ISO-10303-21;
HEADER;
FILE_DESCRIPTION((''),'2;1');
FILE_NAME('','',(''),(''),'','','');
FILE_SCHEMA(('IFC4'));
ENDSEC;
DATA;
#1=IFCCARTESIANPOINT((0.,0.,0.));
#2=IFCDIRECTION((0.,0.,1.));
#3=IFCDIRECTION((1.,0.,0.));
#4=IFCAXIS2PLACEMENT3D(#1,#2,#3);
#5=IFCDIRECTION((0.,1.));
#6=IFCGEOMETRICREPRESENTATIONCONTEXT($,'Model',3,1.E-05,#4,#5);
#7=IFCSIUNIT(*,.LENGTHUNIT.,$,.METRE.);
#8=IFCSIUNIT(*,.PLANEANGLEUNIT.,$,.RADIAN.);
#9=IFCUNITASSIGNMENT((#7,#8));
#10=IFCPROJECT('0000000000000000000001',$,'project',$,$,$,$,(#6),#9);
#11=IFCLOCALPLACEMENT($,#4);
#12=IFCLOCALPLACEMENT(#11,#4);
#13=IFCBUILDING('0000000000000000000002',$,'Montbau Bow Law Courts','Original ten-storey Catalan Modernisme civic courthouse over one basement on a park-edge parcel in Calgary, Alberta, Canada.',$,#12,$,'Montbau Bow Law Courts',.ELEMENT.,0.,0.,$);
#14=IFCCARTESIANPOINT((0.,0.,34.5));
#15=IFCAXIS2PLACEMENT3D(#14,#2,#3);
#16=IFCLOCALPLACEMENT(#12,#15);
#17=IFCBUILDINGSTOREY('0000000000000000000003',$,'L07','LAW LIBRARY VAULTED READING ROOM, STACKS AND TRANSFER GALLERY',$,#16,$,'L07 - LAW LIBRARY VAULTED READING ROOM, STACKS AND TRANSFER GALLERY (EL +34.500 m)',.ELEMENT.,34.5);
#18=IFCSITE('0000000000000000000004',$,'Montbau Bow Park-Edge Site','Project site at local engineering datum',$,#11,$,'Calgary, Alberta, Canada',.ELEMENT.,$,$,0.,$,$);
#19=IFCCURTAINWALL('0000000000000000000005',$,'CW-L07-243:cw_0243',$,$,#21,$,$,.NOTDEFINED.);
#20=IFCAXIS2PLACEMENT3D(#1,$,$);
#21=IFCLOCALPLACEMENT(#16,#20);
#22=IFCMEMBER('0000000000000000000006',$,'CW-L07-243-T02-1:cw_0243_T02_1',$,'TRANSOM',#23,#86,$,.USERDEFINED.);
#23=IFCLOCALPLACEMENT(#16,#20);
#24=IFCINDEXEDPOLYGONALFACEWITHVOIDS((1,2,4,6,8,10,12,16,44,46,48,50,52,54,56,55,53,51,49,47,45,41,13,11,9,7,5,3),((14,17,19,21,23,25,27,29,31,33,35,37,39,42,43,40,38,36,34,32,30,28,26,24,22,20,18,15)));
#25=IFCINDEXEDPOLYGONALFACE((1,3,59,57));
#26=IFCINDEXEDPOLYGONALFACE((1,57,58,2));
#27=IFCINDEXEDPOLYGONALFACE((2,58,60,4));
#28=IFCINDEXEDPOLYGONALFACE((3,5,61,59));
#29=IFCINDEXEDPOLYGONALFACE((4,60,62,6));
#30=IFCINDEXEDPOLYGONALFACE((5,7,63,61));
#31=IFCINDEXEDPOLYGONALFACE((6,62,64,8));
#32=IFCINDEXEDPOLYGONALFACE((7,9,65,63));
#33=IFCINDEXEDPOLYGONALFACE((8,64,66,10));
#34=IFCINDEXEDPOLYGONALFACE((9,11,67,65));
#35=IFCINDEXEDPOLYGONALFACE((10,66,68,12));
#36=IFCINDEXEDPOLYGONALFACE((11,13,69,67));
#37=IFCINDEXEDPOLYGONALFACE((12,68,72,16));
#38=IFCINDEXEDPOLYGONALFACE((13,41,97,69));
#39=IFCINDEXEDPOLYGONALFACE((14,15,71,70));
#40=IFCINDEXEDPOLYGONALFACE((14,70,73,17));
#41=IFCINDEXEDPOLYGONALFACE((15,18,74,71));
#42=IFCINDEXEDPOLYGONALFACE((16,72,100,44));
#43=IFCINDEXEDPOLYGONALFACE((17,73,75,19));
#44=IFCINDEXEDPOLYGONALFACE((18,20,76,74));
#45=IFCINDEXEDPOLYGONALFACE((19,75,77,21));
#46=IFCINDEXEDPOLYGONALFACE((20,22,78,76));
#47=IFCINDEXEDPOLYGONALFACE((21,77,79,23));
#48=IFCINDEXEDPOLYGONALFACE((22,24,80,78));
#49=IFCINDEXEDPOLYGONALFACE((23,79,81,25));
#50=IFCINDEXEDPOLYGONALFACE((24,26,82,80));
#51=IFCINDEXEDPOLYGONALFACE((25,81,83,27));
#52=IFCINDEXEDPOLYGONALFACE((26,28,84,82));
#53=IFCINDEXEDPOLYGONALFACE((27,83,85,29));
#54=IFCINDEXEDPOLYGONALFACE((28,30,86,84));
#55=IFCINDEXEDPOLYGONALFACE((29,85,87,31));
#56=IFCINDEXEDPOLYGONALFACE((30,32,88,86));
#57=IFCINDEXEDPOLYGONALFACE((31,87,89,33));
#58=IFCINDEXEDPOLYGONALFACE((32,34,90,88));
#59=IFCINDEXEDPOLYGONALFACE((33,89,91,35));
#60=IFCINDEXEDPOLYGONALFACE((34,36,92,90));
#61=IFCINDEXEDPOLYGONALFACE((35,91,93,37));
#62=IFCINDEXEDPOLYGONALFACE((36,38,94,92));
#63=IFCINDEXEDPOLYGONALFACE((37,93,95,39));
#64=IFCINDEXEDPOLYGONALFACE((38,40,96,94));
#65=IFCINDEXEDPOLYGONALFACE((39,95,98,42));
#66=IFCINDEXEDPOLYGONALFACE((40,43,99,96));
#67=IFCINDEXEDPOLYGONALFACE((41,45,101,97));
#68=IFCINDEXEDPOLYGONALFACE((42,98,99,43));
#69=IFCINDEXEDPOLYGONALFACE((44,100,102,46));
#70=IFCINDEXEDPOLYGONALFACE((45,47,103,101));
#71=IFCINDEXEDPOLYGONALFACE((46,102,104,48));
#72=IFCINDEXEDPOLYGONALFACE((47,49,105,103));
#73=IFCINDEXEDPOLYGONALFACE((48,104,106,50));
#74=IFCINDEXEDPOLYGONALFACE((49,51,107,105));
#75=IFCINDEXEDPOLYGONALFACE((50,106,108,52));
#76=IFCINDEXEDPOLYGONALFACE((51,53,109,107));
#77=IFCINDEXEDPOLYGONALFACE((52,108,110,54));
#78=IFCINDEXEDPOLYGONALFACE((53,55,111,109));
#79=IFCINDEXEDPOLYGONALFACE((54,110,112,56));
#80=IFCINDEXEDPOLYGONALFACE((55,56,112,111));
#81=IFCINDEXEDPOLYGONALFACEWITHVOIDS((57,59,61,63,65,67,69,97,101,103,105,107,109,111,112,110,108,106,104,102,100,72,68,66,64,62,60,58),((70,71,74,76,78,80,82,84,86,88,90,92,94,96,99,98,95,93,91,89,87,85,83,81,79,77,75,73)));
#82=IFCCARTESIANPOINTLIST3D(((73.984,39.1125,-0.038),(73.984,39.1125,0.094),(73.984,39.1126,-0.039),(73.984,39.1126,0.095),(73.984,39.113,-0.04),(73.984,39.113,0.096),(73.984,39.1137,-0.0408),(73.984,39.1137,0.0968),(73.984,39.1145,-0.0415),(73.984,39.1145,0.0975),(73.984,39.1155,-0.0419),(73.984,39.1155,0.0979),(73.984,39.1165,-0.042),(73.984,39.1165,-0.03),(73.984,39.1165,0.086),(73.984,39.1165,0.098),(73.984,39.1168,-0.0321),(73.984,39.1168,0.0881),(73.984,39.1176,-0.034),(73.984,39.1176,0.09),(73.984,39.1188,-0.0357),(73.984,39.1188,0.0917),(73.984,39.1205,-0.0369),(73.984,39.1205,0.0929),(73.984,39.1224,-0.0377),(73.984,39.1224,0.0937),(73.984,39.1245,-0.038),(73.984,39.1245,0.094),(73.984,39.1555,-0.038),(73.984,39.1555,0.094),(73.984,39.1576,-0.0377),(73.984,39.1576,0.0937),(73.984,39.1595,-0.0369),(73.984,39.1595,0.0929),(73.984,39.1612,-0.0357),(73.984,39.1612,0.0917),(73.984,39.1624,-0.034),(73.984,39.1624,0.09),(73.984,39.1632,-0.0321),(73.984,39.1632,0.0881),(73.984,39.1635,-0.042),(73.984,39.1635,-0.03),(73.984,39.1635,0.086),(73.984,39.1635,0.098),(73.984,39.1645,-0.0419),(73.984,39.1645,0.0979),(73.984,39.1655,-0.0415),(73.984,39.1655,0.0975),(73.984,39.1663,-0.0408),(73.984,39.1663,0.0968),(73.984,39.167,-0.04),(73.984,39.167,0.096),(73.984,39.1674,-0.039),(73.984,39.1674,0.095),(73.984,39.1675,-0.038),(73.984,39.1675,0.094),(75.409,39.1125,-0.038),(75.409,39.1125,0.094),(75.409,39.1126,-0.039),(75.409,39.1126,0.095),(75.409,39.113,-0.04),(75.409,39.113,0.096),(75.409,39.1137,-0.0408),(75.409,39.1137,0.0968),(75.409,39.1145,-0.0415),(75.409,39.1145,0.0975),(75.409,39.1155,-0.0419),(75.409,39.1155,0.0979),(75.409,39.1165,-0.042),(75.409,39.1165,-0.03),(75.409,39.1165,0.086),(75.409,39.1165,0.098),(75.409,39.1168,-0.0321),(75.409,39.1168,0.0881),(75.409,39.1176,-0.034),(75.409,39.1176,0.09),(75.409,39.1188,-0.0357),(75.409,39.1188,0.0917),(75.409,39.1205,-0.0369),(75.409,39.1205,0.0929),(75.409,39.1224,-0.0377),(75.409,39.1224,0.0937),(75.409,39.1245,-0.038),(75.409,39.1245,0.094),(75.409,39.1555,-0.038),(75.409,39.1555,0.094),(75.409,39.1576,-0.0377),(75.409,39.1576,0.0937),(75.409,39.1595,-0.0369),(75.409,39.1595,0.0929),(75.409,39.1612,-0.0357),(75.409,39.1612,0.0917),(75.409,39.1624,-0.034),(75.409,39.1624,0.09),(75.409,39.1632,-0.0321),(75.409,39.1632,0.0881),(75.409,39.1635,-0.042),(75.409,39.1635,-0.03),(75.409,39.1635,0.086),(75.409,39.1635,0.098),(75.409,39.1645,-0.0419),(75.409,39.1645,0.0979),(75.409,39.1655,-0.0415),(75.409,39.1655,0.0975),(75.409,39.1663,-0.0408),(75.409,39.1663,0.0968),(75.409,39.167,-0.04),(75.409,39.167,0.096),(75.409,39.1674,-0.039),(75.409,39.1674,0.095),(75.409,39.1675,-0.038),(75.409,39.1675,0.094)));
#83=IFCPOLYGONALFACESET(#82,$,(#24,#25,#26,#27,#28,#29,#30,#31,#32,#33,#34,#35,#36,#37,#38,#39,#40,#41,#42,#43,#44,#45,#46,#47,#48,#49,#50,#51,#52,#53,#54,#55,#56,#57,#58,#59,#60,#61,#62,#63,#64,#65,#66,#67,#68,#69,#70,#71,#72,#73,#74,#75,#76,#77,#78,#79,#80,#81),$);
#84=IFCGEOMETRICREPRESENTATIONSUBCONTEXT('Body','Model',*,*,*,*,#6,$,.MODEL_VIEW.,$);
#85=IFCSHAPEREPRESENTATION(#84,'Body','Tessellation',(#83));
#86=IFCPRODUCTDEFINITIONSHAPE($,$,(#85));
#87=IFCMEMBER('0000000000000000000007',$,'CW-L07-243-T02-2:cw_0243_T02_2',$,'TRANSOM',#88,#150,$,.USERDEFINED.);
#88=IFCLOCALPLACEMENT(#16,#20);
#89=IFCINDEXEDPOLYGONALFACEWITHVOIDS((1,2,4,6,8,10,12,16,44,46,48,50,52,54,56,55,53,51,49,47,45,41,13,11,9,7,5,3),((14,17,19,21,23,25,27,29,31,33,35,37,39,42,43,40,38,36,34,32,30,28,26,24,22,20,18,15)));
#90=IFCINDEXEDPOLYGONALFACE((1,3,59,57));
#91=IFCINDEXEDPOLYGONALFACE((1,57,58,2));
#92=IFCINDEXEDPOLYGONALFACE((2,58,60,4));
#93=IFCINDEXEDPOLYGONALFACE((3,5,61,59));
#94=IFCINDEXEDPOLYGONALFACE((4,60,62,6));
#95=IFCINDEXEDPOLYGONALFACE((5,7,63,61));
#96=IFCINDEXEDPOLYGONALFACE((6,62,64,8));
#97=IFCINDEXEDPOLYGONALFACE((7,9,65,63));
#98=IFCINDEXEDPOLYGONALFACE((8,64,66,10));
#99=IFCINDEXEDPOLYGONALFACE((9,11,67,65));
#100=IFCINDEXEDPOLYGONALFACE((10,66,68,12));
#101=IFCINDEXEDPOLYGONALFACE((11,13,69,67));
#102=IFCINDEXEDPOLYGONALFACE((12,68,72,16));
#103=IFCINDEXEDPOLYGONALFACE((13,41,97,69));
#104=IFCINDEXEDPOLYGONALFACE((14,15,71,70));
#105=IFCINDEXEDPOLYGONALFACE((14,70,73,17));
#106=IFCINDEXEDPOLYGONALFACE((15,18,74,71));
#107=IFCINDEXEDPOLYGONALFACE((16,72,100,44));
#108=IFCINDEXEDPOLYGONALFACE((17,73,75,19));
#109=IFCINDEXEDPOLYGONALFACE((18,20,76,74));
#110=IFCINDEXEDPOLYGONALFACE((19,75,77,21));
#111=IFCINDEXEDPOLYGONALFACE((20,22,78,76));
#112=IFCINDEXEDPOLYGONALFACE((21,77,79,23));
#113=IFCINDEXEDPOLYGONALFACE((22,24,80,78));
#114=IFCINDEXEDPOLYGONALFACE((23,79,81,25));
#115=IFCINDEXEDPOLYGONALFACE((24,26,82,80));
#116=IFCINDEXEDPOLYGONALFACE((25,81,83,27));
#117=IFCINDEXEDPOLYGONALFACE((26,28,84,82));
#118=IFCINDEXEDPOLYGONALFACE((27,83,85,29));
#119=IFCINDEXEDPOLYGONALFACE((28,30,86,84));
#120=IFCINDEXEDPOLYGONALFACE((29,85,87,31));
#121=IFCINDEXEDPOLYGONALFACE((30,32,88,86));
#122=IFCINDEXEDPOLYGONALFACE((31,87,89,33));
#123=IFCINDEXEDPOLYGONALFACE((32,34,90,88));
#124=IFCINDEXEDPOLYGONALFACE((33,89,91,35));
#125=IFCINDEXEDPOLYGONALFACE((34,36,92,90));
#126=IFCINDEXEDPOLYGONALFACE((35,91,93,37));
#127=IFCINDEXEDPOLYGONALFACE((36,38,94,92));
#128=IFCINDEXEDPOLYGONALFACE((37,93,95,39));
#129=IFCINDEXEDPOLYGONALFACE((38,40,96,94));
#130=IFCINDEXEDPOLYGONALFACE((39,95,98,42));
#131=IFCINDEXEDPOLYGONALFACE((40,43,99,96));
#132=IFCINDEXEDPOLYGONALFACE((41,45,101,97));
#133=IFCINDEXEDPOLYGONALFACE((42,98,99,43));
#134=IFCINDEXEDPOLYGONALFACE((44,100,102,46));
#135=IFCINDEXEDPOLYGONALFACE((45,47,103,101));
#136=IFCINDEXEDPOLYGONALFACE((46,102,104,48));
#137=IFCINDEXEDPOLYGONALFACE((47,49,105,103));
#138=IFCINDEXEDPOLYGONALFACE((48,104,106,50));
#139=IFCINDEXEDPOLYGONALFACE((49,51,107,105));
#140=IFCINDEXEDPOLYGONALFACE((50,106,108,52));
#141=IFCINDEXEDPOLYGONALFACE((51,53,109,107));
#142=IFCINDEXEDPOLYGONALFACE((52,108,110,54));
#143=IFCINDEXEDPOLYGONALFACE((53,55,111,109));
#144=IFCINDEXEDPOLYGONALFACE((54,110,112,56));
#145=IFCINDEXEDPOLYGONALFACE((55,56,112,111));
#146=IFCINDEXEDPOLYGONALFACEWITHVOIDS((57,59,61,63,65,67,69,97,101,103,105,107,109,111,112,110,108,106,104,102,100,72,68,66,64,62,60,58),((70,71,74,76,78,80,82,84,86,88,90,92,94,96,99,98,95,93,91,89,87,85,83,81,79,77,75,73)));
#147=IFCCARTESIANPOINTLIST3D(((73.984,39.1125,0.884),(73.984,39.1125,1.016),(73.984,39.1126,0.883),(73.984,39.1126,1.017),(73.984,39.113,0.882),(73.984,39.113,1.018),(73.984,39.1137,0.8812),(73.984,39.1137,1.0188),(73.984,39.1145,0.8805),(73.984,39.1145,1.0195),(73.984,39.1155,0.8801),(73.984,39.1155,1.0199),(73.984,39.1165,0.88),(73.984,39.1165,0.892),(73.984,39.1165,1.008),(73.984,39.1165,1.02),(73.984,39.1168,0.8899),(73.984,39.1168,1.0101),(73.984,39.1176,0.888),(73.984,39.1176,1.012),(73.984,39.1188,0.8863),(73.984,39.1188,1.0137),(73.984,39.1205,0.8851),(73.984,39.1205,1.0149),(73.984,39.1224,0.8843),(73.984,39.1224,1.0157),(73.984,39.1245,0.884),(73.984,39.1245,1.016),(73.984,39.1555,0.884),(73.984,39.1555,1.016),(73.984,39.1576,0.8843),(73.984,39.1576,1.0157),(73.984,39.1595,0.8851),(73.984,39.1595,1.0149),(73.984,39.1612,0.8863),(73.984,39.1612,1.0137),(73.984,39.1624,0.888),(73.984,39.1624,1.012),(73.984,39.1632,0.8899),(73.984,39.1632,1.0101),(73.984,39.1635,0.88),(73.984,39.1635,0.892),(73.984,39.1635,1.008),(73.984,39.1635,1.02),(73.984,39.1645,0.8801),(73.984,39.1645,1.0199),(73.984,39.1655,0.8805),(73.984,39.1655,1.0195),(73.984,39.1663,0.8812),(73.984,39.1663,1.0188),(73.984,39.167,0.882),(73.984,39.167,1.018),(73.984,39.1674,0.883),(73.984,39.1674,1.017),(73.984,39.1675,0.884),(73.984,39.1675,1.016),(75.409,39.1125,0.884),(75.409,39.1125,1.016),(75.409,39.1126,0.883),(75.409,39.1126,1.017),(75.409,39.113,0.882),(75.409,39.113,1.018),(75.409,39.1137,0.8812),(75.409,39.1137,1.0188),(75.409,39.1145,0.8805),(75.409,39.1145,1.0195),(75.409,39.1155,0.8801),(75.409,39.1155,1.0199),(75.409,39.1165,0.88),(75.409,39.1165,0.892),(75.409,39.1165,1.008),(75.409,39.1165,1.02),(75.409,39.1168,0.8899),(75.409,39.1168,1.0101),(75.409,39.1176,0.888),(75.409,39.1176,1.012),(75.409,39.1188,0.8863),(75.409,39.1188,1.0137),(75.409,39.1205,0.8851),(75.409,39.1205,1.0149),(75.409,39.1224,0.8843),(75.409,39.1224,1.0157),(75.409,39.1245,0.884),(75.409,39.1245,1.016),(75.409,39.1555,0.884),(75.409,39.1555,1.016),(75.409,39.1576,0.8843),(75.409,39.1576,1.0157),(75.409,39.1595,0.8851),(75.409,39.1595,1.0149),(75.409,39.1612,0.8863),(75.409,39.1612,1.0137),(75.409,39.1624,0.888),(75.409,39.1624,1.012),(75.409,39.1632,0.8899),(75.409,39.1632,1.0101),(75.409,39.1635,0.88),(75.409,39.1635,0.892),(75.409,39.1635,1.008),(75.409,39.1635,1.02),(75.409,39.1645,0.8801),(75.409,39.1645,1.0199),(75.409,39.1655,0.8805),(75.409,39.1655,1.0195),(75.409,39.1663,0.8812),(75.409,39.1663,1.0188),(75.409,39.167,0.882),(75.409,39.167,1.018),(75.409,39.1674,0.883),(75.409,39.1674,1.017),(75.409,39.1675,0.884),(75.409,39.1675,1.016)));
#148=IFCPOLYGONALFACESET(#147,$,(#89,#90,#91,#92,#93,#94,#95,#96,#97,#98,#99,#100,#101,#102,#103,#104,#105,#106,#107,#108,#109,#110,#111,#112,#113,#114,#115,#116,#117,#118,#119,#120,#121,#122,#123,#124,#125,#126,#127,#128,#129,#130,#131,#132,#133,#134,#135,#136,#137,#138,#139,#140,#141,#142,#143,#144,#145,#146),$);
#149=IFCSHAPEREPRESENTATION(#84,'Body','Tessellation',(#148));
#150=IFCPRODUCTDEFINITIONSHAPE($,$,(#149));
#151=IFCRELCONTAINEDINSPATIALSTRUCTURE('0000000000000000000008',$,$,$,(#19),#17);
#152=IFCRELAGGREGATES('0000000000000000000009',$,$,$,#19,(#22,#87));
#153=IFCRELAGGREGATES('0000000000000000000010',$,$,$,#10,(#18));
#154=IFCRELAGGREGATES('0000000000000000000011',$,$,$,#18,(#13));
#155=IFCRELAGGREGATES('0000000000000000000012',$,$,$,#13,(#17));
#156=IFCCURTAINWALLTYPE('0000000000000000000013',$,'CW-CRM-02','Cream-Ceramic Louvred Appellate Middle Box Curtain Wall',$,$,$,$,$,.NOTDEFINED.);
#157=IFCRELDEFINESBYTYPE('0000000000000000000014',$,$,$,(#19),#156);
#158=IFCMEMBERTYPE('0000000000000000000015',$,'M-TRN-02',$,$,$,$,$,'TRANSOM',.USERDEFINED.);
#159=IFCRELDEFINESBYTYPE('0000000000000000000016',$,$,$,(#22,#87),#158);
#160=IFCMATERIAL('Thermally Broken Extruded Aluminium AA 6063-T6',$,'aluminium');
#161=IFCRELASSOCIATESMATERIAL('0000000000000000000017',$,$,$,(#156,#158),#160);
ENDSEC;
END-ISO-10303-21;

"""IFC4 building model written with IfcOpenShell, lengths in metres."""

from ifc_helpers import new_model, si_unit, direction, frame, origin_with_axes, origin_2d_with_axis, place, context, subcontext, project, spatial, hollow_rectangle, extrude, material, material_profile, profile_set, type_object, element, aggregate, save


model = new_model("IFC4")

# Units and contexts
model_context = context("Model", 3, precision=1e-05, world=origin_with_axes(), true_north=direction((0.0, 1.0)))
body_context = subcontext(model_context, "Body", "Model", "MODEL_VIEW")
ifc_project = project(units=[si_unit("LENGTHUNIT", "METRE"), si_unit("PLANEANGLEUNIT", "RADIAN")], contexts=[model_context])

# Site, building, storey
site_placement = place(None, origin_with_axes())
site = spatial("IfcSite", under=ifc_project, at=site_placement, Name="Montbau Bow Park-Edge Site", Description="Project site at local engineering datum", LongName="Calgary, Alberta, Canada", CompositionType="ELEMENT", RefElevation=0.0)
building_placement = place(site_placement, origin_with_axes())
building = spatial("IfcBuilding", under=site, at=building_placement, Name="Montbau Bow Law Courts", Description="Original ten-storey Catalan Modernisme civic courthouse over one basement on a park-edge parcel in Calgary, Alberta, Canada.", LongName="Montbau Bow Law Courts", CompositionType="ELEMENT", ElevationOfRefHeight=0.0, ElevationOfTerrain=0.0)
storey_placement = place(building_placement, frame((0.0, 0.0, 34.5), z_axis=(0.0, 0.0, 1.0), x_axis=(1.0, 0.0, 0.0)))
storey = spatial("IfcBuildingStorey", under=building, at=storey_placement, Name="L07", Description="LAW LIBRARY VAULTED READING ROOM, STACKS AND TRANSFER GALLERY", LongName="L07 - LAW LIBRARY VAULTED READING ROOM, STACKS AND TRANSFER GALLERY (EL +34.500 m)", CompositionType="ELEMENT", Elevation=34.5)

# Curtain wall
ifc_material_1 = material(Name="Thermally Broken Extruded Aluminium AA 6063-T6", Category="aluminium")
curtain_wall_type = type_object("IfcCurtainWallType", Name="CW-CRM-02", Description="Cream-Ceramic Louvred Appellate Middle Box Curtain Wall", PredefinedType="NOTDEFINED", material=ifc_material_1)
curtain_wall_1_placement = place(None, frame((72.44, 39.14, 34.5), z_axis=(0.0, 0.0, 1.0), x_axis=(1.0, 0.0, 0.0)))
curtain_wall_1 = element("IfcCurtainWall", 1, at=curtain_wall_1_placement, inside=storey, type_object=curtain_wall_type, Name="CW-L07-243:cw_0243", PredefinedType="NOTDEFINED")

# Members
ifc_material_profile_1 = material_profile(ifc_material_1, hollow_rectangle(XDim=0.055, YDim=0.14, WallThickness=0.004, InnerFilletRadius=0.008, OuterFilletRadius=0.004, at=origin_2d_with_axis()), Name="CWT-140X55", Category="Main", Priority=0)
ifc_profile_set_1 = profile_set([ifc_material_profile_1], Name="Thermally Broken Extruded Aluminium AA 6063-T6")
member_type_1 = type_object("IfcMemberType", Name="M-TRN-02", ElementType="TRANSOM", PredefinedType="USERDEFINED", material=ifc_profile_set_1)
member_1_placement = place(None, frame((73.984, 39.14, 34.528), z_axis=(1.0, 0.0, 0.0), x_axis=(0.0, 1.0, 0.0)))
member_1 = element("IfcMember", 2, at=member_1_placement, type_object=member_type_1, Name="CW-L07-243-T02-1:cw_0243_T02_1", ObjectType="TRANSOM", PredefinedType="USERDEFINED", context=body_context, shape_type="SweptSolid", body=[
    extrude(hollow_rectangle(XDim=0.055, YDim=0.14, WallThickness=0.004, InnerFilletRadius=0.008, OuterFilletRadius=0.004, at=origin_2d_with_axis()), origin_with_axes(), (0.0, 0.0, 1.0), 1.425),
])
member_2_placement = place(None, frame((73.984, 39.14, 35.45), z_axis=(1.0, 0.0, 0.0), x_axis=(0.0, 1.0, 0.0)))
member_2 = element("IfcMember", 3, at=member_2_placement, type_object=member_type_1, Name="CW-L07-243-T02-2:cw_0243_T02_2", ObjectType="TRANSOM", PredefinedType="USERDEFINED", context=body_context, shape_type="SweptSolid", body=[
    extrude(hollow_rectangle(XDim=0.055, YDim=0.14, WallThickness=0.004, InnerFilletRadius=0.008, OuterFilletRadius=0.004, at=origin_2d_with_axis()), origin_with_axes(), (0.0, 0.0, 1.0), 1.425),
])

aggregate(curtain_wall_1, [member_1, member_2])

save(model, "model.ifc")
